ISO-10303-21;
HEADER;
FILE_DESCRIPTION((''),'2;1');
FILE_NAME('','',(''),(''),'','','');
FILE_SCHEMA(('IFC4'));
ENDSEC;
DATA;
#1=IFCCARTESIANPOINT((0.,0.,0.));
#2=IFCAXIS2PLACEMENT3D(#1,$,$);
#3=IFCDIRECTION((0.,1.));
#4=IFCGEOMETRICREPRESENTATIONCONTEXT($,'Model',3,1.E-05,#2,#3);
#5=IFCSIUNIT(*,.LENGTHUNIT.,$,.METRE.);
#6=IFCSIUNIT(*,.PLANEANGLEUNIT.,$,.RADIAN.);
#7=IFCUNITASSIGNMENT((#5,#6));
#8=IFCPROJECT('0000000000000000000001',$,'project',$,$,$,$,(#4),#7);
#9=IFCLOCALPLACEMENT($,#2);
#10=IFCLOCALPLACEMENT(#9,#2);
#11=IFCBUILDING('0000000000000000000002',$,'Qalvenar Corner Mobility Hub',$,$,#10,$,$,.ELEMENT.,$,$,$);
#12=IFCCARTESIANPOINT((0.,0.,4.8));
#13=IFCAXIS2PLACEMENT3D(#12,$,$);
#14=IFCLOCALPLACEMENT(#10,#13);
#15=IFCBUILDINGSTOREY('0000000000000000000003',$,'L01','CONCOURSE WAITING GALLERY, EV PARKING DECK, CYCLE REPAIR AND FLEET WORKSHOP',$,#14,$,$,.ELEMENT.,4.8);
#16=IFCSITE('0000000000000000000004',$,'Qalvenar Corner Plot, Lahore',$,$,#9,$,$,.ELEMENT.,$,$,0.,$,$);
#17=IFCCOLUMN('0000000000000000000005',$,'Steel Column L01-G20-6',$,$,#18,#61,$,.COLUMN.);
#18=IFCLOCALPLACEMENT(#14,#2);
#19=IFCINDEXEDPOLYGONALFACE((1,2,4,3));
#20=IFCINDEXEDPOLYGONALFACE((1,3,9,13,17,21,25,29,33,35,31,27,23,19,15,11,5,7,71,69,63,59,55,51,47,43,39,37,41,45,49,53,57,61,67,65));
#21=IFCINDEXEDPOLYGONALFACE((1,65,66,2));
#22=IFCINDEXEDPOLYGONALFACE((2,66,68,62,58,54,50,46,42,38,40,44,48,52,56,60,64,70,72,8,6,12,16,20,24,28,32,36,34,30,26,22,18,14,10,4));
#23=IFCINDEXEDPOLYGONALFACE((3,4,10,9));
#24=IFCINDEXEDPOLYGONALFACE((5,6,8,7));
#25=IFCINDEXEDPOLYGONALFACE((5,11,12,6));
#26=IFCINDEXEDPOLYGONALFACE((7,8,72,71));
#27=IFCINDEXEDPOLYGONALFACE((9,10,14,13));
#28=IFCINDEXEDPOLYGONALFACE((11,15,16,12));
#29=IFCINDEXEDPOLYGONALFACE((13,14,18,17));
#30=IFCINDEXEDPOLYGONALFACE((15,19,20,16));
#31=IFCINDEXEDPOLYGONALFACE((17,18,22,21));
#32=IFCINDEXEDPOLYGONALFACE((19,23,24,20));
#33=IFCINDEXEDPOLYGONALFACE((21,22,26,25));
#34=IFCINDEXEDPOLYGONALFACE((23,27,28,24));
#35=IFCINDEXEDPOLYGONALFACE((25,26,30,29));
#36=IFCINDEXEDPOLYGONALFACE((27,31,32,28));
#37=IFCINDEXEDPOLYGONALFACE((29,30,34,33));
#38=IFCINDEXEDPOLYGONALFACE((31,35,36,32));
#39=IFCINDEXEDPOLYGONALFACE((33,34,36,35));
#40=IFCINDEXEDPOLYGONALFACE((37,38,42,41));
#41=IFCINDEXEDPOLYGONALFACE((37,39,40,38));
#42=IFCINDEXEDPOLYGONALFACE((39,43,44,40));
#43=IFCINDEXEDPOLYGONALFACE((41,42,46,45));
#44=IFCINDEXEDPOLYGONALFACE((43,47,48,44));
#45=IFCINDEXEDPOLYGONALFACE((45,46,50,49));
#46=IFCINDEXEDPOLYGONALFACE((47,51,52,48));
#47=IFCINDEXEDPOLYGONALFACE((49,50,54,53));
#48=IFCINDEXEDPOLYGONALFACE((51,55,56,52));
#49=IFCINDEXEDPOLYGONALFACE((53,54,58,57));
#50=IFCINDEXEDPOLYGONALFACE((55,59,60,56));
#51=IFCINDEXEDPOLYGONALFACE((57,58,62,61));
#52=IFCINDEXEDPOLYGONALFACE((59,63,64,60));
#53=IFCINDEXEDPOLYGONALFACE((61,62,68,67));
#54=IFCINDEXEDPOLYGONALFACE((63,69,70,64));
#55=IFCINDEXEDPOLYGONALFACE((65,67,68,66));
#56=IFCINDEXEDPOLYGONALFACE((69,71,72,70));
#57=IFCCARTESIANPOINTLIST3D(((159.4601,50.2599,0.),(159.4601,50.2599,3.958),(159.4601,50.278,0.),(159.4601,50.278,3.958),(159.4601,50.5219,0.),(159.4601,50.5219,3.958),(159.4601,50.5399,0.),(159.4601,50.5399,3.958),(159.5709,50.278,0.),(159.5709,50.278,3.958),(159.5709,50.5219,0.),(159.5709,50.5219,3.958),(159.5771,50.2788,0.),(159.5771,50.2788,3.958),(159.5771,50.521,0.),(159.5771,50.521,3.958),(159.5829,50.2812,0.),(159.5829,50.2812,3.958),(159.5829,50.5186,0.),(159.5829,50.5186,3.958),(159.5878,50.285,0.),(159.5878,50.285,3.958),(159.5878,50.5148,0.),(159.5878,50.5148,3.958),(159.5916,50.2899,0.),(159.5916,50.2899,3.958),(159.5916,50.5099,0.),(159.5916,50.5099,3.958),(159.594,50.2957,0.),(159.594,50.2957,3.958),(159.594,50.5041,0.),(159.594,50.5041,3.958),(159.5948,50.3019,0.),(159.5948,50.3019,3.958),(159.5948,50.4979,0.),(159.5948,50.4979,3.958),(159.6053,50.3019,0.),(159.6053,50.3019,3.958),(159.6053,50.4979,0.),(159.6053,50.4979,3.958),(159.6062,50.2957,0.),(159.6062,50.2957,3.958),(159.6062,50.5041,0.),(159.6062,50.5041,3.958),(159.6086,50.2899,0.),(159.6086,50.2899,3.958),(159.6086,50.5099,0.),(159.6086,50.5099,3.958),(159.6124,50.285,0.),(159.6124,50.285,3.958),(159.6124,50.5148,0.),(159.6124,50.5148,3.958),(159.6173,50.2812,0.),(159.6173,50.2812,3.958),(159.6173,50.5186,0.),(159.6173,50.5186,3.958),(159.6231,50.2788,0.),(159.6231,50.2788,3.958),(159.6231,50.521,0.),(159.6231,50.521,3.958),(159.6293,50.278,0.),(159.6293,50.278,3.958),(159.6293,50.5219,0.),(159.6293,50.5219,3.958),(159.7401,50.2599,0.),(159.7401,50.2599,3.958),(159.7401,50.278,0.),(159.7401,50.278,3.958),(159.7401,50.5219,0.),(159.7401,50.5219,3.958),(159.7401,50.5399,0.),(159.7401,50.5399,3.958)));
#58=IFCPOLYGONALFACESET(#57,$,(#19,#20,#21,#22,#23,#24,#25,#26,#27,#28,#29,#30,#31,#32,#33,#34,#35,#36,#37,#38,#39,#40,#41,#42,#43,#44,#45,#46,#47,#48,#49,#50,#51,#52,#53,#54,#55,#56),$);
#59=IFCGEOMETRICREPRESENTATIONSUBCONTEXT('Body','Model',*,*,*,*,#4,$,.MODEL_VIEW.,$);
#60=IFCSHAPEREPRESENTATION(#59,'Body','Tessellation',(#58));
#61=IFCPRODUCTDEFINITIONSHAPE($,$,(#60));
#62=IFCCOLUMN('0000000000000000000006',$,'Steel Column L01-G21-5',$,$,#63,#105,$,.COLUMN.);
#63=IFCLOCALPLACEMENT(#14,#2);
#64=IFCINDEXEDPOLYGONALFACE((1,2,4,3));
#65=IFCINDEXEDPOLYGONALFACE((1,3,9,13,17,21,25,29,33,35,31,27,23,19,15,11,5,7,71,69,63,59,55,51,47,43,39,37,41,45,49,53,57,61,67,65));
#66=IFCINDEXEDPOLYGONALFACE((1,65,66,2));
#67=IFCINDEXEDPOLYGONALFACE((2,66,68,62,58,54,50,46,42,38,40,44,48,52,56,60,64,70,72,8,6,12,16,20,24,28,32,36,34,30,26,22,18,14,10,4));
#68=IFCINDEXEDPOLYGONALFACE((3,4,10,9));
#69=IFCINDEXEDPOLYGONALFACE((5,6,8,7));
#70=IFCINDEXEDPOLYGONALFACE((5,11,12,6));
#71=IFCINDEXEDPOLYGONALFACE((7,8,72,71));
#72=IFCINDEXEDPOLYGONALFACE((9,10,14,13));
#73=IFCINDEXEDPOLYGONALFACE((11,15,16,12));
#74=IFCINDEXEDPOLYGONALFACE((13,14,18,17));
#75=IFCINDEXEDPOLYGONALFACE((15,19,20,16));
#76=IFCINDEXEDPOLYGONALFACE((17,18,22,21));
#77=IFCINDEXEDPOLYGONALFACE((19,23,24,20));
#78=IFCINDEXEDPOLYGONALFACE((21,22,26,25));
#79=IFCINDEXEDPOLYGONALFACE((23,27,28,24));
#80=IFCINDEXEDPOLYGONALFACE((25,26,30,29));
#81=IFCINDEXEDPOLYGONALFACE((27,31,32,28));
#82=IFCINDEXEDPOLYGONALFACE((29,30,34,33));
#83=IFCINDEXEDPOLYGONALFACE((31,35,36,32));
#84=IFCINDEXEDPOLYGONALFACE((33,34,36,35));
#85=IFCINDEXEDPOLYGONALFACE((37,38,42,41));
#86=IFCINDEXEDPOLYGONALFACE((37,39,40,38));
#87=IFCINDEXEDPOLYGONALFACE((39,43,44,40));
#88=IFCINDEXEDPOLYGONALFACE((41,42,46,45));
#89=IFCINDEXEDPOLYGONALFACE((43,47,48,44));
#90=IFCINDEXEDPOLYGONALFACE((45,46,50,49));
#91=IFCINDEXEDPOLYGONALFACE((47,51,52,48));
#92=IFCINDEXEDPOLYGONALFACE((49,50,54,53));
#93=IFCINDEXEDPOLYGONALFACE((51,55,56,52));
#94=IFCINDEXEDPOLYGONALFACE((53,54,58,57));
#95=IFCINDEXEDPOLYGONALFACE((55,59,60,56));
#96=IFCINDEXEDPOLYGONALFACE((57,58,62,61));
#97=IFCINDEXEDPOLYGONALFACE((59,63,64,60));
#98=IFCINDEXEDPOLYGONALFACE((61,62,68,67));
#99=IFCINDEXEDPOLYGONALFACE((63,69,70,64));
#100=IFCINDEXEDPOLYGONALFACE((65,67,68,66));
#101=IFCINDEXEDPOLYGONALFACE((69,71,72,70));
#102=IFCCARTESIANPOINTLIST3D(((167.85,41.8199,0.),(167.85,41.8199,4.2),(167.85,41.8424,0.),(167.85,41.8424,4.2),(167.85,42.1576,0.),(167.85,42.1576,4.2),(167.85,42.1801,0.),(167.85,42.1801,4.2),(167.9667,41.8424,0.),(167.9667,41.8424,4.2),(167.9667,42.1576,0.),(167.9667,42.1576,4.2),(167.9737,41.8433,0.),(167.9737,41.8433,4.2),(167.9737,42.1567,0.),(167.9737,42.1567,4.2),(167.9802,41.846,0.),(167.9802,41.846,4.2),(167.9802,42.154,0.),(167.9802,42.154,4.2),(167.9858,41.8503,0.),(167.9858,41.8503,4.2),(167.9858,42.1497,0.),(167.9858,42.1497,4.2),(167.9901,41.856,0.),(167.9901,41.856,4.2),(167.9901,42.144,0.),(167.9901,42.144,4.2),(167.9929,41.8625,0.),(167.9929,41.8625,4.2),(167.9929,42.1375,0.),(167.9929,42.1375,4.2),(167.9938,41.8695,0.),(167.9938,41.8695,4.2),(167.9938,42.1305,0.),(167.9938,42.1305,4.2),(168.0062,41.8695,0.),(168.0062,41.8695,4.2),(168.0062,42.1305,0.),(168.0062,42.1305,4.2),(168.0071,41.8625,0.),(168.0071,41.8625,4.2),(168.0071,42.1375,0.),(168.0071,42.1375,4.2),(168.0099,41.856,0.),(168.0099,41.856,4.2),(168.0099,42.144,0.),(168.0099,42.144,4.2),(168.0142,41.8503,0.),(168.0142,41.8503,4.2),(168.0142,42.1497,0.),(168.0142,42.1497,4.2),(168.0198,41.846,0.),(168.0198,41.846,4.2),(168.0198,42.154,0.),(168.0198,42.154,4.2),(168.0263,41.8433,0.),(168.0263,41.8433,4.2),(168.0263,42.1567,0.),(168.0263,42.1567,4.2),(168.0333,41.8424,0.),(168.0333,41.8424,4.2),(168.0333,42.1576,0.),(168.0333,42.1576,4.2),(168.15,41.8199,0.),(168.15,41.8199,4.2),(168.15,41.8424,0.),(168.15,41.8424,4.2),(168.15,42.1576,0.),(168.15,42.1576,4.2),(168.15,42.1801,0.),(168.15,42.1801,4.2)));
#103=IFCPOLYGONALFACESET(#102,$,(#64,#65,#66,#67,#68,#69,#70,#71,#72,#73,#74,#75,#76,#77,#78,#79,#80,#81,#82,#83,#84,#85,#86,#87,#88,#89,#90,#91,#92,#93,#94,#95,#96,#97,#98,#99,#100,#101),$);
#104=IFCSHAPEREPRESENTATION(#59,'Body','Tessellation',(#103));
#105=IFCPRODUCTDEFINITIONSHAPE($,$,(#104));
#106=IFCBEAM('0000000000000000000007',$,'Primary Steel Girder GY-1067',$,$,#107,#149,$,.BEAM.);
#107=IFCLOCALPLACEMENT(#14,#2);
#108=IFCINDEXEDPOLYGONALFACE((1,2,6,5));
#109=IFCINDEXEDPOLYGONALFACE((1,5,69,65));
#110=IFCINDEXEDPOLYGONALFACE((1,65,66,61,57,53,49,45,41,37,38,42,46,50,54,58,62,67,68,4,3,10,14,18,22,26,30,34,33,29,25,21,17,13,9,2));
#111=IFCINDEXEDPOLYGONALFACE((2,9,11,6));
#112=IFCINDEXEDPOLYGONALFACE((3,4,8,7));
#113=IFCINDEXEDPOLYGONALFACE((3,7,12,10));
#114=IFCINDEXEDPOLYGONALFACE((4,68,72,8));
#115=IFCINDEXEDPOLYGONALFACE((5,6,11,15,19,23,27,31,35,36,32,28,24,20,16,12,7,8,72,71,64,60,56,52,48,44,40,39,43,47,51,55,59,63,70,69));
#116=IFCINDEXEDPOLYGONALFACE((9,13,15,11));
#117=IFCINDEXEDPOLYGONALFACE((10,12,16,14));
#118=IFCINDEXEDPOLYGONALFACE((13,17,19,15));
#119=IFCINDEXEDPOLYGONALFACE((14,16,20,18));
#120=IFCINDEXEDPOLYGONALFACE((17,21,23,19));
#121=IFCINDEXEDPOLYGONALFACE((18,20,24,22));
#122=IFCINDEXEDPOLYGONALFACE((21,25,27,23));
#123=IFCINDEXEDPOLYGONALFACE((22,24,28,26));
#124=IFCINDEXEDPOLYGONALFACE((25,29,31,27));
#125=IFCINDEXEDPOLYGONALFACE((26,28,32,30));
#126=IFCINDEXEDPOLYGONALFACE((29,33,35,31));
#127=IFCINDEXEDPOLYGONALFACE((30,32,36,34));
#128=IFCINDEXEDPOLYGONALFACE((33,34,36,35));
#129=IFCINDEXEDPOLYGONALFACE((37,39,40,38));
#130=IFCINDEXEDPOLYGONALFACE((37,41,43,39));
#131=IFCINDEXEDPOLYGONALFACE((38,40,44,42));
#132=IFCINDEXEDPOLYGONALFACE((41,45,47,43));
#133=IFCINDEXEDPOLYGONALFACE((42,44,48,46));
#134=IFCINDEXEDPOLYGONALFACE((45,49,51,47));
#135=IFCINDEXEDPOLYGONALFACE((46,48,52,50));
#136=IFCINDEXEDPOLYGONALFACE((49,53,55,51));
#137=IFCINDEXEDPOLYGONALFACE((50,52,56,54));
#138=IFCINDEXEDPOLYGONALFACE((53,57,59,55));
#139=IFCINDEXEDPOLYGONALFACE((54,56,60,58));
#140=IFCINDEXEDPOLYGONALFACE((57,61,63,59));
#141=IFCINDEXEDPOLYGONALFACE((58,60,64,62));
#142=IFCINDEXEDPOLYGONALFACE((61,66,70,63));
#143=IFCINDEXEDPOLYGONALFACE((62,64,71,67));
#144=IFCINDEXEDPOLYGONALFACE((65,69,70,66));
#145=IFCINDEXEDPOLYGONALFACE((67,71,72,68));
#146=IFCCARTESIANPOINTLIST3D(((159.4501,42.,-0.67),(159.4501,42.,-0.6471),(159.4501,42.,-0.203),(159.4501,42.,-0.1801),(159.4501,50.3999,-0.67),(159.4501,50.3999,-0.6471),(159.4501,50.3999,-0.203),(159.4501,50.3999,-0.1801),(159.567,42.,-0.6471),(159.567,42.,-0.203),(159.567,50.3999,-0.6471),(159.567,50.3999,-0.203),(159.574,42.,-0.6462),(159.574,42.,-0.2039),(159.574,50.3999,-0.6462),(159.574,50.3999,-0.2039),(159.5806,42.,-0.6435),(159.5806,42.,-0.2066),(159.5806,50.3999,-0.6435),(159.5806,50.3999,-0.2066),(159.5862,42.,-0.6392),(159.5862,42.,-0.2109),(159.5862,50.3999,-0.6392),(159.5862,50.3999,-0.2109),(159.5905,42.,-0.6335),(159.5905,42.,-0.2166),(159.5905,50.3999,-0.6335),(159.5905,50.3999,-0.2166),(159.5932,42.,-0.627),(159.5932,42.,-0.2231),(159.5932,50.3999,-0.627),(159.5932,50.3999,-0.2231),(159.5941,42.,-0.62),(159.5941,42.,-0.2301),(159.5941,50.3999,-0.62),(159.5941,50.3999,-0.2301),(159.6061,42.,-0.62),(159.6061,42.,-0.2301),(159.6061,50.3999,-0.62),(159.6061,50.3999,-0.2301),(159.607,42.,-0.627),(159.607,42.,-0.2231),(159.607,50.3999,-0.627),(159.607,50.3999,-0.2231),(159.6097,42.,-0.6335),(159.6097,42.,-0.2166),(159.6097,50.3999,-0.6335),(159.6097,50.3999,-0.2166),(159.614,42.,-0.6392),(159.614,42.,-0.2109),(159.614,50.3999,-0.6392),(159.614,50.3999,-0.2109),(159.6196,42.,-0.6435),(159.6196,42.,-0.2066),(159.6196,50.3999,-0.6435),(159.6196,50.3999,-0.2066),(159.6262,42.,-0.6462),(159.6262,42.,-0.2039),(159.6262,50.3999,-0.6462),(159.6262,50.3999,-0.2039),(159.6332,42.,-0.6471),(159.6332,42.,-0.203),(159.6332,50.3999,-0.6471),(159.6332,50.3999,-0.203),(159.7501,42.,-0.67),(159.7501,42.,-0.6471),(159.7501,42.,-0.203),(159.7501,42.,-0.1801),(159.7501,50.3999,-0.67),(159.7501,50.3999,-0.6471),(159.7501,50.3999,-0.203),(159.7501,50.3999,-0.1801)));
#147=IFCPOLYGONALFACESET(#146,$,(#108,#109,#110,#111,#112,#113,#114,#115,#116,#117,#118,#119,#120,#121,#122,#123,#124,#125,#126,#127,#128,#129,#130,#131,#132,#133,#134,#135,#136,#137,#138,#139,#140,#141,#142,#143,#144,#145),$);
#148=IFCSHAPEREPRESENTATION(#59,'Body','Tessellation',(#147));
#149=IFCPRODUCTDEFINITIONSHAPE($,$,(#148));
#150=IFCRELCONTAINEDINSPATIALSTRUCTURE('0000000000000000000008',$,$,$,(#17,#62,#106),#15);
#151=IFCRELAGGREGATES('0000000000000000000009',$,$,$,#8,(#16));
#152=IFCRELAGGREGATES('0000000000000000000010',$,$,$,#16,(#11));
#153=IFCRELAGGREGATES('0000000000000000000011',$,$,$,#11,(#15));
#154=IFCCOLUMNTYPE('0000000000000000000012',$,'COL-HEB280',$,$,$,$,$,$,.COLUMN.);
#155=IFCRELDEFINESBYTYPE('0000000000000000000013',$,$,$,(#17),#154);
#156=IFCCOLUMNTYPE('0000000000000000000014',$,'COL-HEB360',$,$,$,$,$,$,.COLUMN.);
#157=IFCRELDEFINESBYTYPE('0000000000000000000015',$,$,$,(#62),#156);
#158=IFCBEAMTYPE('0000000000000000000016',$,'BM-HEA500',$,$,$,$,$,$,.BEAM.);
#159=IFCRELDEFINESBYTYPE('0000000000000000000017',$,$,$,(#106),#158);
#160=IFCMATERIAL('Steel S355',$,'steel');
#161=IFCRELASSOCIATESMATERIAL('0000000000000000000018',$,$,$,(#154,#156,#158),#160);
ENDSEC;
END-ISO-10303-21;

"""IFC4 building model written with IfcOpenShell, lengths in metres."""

from ifc_helpers import new_model, si_unit, direction, frame, origin, origin_2d, place, context, subcontext, project, spatial, i_section, extrude, material, material_profile, profile_set, type_object, element, save


model = new_model("IFC4")

# Units and contexts
model_context = context("Model", 3, precision=1e-05, world=origin(), true_north=direction((0.0, 1.0)))
body_context = subcontext(model_context, "Body", "Model", "MODEL_VIEW")
ifc_project = project(units=[si_unit("LENGTHUNIT", "METRE"), si_unit("PLANEANGLEUNIT", "RADIAN")], contexts=[model_context])

# Site, building, storey
site_placement = place(None, origin())
site = spatial("IfcSite", under=ifc_project, at=site_placement, Name="Qalvenar Corner Plot, Lahore", CompositionType="ELEMENT", RefElevation=0.0)
building_placement = place(site_placement, origin())
building = spatial("IfcBuilding", under=site, at=building_placement, Name="Qalvenar Corner Mobility Hub", CompositionType="ELEMENT")
storey_placement = place(building_placement, frame((0.0, 0.0, 4.8)))
storey = spatial("IfcBuildingStorey", under=building, at=storey_placement, Name="L01", Description="CONCOURSE WAITING GALLERY, EV PARKING DECK, CYCLE REPAIR AND FLEET WORKSHOP", CompositionType="ELEMENT", Elevation=4.8)

# Columns
ifc_material_1 = material(Name="Steel S355", Category="steel")
ifc_material_profile_1 = material_profile(ifc_material_1, i_section(OverallWidth=0.28, OverallDepth=0.28, WebThickness=0.0105, FlangeThickness=0.0181, FilletRadius=0.0239, at=origin_2d()), Name="HEB280")
ifc_profile_set_1 = profile_set([ifc_material_profile_1], Name="Steel S355")
column_type_1 = type_object("IfcColumnType", Name="COL-HEB280", PredefinedType="COLUMN", material=ifc_profile_set_1)
column_1_placement = place(storey_placement, frame((159.6001, 50.3999, 0.0), z_axis=(0.0, 0.0, 1.0), x_axis=(1.0, 0.0, 0.0)))
element("IfcColumn", 1, at=column_1_placement, inside=storey, type_object=column_type_1, Name="Steel Column L01-G20-6", PredefinedType="COLUMN", context=body_context, shape_type="SweptSolid", body=[
    extrude(i_section(OverallWidth=0.28, OverallDepth=0.28, WebThickness=0.0105, FlangeThickness=0.0181, FilletRadius=0.0239, at=origin_2d()), origin(), (0.0, 0.0, 1.0), 3.958),
])
ifc_material_profile_2 = material_profile(ifc_material_1, i_section(OverallWidth=0.3, OverallDepth=0.3601, WebThickness=0.0125, FlangeThickness=0.0225, FilletRadius=0.0271, at=origin_2d()), Name="HEB360")
ifc_profile_set_2 = profile_set([ifc_material_profile_2], Name="Steel S355")
column_type_2 = type_object("IfcColumnType", Name="COL-HEB360", PredefinedType="COLUMN", material=ifc_profile_set_2)
column_2_placement = place(storey_placement, frame((168.0, 42.0, 0.0), z_axis=(0.0, 0.0, 1.0), x_axis=(1.0, 0.0, 0.0)))
element("IfcColumn", 2, at=column_2_placement, inside=storey, type_object=column_type_2, Name="Steel Column L01-G21-5", PredefinedType="COLUMN", context=body_context, shape_type="SweptSolid", body=[
    extrude(i_section(OverallWidth=0.3, OverallDepth=0.3601, WebThickness=0.0125, FlangeThickness=0.0225, FilletRadius=0.0271, at=origin_2d()), origin(), (0.0, 0.0, 1.0), 4.2),
])

# Beam
ifc_material_profile_3 = material_profile(ifc_material_1, i_section(OverallWidth=0.3, OverallDepth=0.49, WebThickness=0.012, FlangeThickness=0.0229, FilletRadius=0.0271, at=origin_2d()), Name="HEA500")
ifc_profile_set_3 = profile_set([ifc_material_profile_3], Name="Steel S355")
beam_type_1 = type_object("IfcBeamType", Name="BM-HEA500", PredefinedType="BEAM", material=ifc_profile_set_3)
beam_1_placement = place(storey_placement, frame((159.6001, 42.0, -0.425), z_axis=(0.0, 1.0, 0.0), x_axis=(-1.0, 0.0, 0.0)))
element("IfcBeam", 3, at=beam_1_placement, inside=storey, type_object=beam_type_1, Name="Primary Steel Girder GY-1067", PredefinedType="BEAM", context=body_context, shape_type="SweptSolid", body=[
    extrude(i_section(OverallWidth=0.3, OverallDepth=0.49, WebThickness=0.012, FlangeThickness=0.0229, FilletRadius=0.0271, at=origin_2d()), origin(), (0.0, 0.0, 1.0), 8.3999),
])

save(model, "model.ifc")
